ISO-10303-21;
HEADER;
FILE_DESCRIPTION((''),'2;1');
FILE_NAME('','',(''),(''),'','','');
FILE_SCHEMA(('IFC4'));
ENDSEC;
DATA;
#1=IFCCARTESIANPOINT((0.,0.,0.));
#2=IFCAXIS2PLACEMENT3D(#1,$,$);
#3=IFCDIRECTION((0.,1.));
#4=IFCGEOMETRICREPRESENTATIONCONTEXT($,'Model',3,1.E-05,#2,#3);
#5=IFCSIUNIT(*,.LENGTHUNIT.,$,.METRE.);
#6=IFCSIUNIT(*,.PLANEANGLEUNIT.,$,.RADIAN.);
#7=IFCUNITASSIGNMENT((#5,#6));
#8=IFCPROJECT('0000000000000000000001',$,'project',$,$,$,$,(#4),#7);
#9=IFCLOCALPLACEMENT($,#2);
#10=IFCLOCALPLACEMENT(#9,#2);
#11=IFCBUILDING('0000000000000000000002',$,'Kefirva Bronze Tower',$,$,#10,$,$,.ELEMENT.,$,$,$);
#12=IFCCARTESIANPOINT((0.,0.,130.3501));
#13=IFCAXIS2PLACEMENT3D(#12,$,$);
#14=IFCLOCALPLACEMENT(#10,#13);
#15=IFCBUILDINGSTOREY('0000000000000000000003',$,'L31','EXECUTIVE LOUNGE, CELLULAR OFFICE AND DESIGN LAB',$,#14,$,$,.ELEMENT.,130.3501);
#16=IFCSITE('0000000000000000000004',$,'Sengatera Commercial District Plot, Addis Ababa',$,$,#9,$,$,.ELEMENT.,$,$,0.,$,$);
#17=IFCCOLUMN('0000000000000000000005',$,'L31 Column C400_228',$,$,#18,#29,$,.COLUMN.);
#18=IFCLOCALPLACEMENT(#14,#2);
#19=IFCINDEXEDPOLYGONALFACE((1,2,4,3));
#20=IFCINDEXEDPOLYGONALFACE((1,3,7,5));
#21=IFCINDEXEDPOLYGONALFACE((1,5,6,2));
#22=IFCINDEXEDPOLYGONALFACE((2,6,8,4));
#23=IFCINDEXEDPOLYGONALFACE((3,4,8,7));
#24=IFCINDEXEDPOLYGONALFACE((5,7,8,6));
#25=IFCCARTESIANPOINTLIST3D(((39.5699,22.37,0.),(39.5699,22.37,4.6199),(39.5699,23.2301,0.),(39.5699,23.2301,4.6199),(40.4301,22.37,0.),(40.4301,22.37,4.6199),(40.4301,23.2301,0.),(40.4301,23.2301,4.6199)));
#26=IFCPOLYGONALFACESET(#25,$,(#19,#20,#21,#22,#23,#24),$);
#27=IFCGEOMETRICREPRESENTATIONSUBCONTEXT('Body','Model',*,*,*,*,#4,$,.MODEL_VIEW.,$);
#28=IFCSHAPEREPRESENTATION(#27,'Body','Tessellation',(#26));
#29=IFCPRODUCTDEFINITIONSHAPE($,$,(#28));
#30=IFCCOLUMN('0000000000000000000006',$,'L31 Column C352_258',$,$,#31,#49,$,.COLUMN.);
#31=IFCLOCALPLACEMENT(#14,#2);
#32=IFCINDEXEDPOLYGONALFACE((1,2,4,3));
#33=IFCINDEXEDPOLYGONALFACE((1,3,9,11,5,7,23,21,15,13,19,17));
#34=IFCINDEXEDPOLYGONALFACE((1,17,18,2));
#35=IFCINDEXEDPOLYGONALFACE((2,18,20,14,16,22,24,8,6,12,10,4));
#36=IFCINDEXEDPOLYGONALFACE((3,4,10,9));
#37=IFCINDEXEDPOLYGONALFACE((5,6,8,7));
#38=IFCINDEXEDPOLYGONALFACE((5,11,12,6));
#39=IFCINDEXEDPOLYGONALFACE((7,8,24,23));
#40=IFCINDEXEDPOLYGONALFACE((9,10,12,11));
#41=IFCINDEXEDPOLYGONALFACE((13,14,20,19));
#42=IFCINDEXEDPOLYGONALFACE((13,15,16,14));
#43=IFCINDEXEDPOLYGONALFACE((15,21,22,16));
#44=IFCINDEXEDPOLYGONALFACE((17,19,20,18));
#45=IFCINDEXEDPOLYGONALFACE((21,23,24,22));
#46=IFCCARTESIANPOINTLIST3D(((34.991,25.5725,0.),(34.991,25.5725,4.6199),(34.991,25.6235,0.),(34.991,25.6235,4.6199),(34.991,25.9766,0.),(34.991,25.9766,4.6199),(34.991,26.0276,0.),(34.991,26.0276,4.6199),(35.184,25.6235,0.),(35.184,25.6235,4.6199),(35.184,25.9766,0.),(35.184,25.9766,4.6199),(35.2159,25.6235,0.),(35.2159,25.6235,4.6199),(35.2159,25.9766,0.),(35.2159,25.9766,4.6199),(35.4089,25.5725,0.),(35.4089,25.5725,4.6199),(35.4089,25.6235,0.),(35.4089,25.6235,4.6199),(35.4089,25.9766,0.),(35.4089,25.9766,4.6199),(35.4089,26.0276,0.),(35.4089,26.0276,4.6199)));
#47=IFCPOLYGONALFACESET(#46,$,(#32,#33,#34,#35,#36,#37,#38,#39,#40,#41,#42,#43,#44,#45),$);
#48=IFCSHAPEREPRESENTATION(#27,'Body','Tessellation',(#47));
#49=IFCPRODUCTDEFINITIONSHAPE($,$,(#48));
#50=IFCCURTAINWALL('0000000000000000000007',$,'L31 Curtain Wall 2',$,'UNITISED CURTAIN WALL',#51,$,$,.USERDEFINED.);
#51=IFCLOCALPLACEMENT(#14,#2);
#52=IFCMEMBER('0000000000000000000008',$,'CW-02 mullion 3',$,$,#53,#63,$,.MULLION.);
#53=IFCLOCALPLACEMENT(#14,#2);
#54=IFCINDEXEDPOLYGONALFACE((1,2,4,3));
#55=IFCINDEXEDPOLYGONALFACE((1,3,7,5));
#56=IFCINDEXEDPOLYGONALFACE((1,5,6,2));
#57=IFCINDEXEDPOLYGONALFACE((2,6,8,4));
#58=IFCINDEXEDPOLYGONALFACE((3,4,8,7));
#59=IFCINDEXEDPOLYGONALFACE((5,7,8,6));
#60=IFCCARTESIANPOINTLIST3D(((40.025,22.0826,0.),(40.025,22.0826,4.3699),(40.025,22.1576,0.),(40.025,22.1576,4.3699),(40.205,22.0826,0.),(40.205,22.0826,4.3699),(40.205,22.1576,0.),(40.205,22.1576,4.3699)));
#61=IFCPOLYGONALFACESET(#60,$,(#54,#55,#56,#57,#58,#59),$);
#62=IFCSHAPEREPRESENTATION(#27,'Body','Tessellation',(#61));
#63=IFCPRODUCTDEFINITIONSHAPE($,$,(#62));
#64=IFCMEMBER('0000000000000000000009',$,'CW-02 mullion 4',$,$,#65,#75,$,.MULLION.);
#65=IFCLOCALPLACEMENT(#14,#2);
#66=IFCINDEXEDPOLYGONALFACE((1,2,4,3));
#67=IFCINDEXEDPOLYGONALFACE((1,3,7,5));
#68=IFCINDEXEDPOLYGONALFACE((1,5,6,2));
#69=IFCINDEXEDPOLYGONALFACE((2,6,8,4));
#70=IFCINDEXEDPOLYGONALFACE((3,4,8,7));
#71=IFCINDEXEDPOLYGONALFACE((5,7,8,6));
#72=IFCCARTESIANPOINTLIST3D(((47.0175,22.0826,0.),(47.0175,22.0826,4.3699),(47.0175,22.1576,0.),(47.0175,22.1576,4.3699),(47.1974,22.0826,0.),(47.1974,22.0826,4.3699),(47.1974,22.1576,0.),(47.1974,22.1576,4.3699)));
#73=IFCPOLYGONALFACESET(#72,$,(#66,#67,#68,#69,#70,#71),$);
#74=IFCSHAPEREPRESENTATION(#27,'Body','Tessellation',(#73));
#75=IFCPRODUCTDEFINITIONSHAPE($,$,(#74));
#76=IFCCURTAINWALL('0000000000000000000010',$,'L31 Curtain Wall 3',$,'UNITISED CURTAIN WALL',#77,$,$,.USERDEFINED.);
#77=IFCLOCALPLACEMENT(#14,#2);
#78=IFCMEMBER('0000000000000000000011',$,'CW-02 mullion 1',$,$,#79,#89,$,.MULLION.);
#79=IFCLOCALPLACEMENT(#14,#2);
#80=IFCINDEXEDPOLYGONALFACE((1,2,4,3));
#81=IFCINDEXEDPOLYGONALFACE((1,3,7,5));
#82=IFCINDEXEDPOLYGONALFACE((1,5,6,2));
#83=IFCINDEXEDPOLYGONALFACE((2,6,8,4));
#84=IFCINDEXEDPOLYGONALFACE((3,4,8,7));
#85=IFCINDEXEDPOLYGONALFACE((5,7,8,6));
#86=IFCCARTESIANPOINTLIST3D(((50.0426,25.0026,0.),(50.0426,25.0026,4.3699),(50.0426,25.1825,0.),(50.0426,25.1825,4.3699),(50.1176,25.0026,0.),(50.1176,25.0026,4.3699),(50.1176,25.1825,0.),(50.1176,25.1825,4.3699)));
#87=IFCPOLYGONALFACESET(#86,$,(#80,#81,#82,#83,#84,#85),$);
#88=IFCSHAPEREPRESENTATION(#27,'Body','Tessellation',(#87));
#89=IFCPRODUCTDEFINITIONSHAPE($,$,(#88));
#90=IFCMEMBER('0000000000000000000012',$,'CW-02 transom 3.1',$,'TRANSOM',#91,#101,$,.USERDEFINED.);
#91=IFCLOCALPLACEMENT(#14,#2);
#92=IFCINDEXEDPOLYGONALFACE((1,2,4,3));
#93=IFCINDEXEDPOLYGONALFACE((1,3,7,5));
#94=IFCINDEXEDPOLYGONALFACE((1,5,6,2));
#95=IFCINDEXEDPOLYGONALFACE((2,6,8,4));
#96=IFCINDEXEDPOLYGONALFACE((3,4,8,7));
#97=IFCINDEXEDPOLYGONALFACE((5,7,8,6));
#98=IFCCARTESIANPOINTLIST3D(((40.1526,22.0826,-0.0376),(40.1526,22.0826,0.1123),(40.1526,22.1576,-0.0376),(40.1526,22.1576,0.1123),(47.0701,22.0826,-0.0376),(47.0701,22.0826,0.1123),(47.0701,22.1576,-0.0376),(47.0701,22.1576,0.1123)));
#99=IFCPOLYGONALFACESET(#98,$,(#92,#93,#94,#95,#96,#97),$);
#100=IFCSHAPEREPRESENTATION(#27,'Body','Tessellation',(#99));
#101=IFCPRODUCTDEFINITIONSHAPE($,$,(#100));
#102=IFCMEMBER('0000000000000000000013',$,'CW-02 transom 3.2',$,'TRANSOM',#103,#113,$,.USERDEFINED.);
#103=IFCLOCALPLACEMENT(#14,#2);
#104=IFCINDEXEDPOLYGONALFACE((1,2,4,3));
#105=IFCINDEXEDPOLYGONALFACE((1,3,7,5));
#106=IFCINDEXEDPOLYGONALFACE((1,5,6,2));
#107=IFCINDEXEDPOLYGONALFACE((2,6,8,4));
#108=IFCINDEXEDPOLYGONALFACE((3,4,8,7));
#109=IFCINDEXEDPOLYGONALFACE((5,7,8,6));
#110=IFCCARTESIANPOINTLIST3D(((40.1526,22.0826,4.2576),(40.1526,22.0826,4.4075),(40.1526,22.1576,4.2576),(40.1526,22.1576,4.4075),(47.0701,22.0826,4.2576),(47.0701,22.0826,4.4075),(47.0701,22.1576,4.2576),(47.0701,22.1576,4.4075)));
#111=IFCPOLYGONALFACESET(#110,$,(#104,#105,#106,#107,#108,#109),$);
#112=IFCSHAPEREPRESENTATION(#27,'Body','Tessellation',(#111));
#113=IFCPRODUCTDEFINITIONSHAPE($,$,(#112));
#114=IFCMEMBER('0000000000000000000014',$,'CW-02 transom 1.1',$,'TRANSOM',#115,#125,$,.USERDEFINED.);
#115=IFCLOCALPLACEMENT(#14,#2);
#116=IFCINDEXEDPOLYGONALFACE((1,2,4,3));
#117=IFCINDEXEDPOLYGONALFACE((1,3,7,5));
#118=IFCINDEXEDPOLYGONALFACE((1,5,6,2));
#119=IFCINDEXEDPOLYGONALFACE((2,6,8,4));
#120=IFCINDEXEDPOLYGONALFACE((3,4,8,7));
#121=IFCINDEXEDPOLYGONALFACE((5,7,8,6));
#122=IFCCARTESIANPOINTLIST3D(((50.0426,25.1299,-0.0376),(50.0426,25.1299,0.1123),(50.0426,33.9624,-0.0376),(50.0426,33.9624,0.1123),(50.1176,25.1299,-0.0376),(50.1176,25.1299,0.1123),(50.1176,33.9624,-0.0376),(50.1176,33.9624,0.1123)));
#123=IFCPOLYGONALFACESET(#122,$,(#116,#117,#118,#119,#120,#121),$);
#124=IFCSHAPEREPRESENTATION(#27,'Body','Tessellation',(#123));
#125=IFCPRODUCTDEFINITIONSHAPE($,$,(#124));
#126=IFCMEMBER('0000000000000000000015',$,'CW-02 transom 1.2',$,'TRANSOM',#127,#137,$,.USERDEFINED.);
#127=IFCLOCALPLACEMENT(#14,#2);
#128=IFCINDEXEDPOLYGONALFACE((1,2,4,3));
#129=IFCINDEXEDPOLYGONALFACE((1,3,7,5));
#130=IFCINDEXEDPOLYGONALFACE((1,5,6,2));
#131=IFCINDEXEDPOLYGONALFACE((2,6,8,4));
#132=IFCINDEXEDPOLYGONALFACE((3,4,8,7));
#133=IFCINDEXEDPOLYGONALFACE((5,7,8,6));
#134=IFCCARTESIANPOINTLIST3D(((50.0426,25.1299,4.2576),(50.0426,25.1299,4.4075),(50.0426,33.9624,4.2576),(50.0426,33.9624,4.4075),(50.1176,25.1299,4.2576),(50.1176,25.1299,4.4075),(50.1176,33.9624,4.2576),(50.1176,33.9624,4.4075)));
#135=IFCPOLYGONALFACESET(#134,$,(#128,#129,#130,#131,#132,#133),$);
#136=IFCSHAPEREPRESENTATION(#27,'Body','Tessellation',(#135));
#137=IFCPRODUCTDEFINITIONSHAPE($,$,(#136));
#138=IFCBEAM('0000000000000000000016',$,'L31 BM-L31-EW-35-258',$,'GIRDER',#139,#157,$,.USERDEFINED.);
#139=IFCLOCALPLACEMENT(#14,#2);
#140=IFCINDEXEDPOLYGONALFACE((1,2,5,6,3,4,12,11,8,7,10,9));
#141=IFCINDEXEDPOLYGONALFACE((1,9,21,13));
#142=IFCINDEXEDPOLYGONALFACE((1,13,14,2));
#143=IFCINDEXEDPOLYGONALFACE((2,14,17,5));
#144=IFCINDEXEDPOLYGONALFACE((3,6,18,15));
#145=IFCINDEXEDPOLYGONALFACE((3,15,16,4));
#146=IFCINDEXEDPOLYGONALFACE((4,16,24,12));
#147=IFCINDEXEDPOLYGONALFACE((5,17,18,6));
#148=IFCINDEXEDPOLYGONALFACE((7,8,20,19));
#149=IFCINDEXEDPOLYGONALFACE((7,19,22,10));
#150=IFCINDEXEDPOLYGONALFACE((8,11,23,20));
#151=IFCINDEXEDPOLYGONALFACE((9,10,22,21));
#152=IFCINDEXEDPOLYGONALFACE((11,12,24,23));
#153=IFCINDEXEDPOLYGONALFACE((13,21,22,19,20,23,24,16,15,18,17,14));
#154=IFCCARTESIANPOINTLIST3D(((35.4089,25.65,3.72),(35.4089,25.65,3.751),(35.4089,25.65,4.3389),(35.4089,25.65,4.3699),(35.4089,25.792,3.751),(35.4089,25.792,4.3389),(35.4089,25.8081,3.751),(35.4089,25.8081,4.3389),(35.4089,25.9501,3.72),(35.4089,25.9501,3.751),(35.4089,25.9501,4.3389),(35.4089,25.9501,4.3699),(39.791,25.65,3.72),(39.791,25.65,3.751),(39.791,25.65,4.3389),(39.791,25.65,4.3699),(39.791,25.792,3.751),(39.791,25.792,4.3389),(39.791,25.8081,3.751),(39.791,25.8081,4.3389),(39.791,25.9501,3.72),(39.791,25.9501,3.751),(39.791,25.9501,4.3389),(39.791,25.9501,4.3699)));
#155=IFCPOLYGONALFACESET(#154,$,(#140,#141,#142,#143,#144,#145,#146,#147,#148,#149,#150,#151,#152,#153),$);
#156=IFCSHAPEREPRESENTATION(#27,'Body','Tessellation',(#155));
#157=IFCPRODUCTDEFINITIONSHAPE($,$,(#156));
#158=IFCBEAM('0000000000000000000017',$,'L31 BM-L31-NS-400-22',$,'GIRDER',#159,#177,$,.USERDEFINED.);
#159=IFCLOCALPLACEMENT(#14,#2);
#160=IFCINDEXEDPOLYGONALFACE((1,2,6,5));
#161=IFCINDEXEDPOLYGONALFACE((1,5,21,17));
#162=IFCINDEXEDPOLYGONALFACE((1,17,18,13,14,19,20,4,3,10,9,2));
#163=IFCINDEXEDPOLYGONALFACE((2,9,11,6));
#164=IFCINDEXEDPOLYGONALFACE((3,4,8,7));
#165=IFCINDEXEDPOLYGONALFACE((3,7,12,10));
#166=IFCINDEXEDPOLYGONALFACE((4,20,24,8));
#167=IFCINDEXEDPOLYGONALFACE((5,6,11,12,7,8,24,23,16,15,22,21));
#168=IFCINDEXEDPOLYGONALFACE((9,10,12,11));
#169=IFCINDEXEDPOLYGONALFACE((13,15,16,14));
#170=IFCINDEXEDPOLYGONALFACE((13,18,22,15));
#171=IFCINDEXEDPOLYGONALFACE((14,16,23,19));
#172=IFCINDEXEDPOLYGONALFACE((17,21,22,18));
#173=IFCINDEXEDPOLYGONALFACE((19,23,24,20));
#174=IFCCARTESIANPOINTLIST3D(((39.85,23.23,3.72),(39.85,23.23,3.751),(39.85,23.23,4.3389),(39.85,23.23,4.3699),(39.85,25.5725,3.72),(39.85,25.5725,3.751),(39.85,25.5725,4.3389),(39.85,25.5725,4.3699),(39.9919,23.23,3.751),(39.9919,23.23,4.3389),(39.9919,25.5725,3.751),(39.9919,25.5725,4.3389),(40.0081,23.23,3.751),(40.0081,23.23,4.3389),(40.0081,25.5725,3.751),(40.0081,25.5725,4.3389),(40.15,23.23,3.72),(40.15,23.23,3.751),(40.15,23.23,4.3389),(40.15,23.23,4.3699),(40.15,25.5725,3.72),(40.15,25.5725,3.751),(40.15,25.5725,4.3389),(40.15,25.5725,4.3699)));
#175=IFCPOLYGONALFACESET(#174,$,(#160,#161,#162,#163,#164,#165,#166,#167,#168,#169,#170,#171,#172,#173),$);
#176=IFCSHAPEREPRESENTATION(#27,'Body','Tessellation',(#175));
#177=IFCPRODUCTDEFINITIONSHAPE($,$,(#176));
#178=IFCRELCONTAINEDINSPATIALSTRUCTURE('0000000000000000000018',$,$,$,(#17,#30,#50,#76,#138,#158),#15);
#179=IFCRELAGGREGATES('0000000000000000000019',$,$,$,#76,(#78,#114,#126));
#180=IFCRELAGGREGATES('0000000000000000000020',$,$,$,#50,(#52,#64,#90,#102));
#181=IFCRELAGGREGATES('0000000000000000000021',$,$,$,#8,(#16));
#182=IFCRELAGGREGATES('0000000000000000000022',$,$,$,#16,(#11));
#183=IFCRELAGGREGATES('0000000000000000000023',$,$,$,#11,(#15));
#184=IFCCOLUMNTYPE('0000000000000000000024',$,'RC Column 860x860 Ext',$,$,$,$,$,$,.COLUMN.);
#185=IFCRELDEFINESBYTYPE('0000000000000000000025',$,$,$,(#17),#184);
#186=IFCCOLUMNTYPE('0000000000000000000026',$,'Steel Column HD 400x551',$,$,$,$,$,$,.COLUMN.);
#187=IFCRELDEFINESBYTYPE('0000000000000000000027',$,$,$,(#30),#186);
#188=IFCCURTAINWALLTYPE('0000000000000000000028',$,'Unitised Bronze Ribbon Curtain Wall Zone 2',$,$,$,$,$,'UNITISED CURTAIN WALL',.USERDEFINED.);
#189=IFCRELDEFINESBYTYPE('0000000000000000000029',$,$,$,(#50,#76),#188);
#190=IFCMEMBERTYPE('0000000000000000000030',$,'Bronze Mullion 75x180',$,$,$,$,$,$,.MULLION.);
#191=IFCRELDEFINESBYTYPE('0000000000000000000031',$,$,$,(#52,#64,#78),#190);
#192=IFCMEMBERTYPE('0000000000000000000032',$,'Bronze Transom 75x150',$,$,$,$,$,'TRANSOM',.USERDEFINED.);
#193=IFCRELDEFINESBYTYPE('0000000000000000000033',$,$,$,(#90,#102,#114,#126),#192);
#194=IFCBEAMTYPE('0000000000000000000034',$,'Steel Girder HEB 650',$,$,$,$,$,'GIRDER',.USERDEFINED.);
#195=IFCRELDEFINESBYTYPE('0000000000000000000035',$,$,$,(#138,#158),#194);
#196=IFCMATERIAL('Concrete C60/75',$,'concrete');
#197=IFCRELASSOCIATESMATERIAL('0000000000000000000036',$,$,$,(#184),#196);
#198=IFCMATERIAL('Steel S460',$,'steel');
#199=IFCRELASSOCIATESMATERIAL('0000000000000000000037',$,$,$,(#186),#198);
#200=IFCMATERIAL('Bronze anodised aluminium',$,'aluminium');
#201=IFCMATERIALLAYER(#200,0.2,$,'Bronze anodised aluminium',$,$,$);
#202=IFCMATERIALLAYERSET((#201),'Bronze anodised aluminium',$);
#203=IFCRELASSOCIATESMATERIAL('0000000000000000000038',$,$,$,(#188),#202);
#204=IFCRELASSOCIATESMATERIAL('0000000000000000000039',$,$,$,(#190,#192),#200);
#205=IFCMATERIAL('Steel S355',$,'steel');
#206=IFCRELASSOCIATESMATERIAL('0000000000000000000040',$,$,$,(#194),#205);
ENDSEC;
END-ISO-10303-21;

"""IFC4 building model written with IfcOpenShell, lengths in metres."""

from ifc_helpers import new_model, si_unit, direction, frame, origin, origin_2d, place, context, subcontext, project, spatial, rectangle, i_section, extrude, material, layer, layer_set, material_profile, profile_set, type_object, element, aggregate, save


model = new_model("IFC4")

# Units and contexts
model_context = context("Model", 3, precision=1e-05, world=origin(), true_north=direction((0.0, 1.0)))
body_context = subcontext(model_context, "Body", "Model", "MODEL_VIEW")
ifc_project = project(units=[si_unit("LENGTHUNIT", "METRE"), si_unit("PLANEANGLEUNIT", "RADIAN")], contexts=[model_context])

# Site, building, storey
site_placement = place(None, origin())
site = spatial("IfcSite", under=ifc_project, at=site_placement, Name="Sengatera Commercial District Plot, Addis Ababa", CompositionType="ELEMENT", RefElevation=0.0)
building_placement = place(site_placement, origin())
building = spatial("IfcBuilding", under=site, at=building_placement, Name="Kefirva Bronze Tower", CompositionType="ELEMENT")
storey_placement = place(building_placement, frame((0.0, 0.0, 130.3501)))
storey = spatial("IfcBuildingStorey", under=building, at=storey_placement, Name="L31", Description="EXECUTIVE LOUNGE, CELLULAR OFFICE AND DESIGN LAB", CompositionType="ELEMENT", Elevation=130.3501)

# Columns
ifc_material_1 = material(Name="Concrete C60/75", Category="concrete")
ifc_material_profile_1 = material_profile(ifc_material_1, rectangle(XDim=0.8601, YDim=0.8601, at=origin_2d()), Name="RC 860x860")
ifc_profile_set_1 = profile_set([ifc_material_profile_1], Name="Concrete C60/75")
column_type_1 = type_object("IfcColumnType", Name="RC Column 860x860 Ext", PredefinedType="COLUMN", material=ifc_profile_set_1)
column_1_placement = place(storey_placement, frame((40.0, 22.8, 0.0), z_axis=(0.0, 0.0, 1.0), x_axis=(1.0, 0.0, 0.0)))
element("IfcColumn", 1, at=column_1_placement, inside=storey, type_object=column_type_1, Name="L31 Column C400_228", PredefinedType="COLUMN", context=body_context, shape_type="SweptSolid", body=[
    extrude(rectangle(XDim=0.8601, YDim=0.8601, at=origin_2d()), origin(), (0.0, 0.0, 1.0), 4.6199),
])
ifc_material_2 = material(Name="Steel S460", Category="steel")
ifc_material_profile_2 = material_profile(ifc_material_2, i_section(OverallWidth=0.418, OverallDepth=0.4551, WebThickness=0.032, FlangeThickness=0.051, at=origin_2d()), Name="HD 400x551")
ifc_profile_set_2 = profile_set([ifc_material_profile_2], Name="Steel S460")
column_type_2 = type_object("IfcColumnType", Name="Steel Column HD 400x551", PredefinedType="COLUMN", material=ifc_profile_set_2)
column_2_placement = place(storey_placement, frame((35.2, 25.8, 0.0), z_axis=(0.0, 0.0, 1.0), x_axis=(1.0, 0.0, 0.0)))
element("IfcColumn", 2, at=column_2_placement, inside=storey, type_object=column_type_2, Name="L31 Column C352_258", PredefinedType="COLUMN", context=body_context, shape_type="SweptSolid", body=[
    extrude(i_section(OverallWidth=0.418, OverallDepth=0.4551, WebThickness=0.032, FlangeThickness=0.051, at=origin_2d()), origin(), (0.0, 0.0, 1.0), 4.6199),
])

# Curtain wall, members
ifc_material_3 = material(Name="Bronze anodised aluminium", Category="aluminium")
ifc_layer_1 = layer(ifc_material_3, 0.2, Name="Bronze anodised aluminium")
ifc_layer_set_1 = layer_set([ifc_layer_1], Name="Bronze anodised aluminium")
curtain_wall_type = type_object("IfcCurtainWallType", Name="Unitised Bronze Ribbon Curtain Wall Zone 2", ElementType="UNITISED CURTAIN WALL", PredefinedType="USERDEFINED", material=ifc_layer_set_1)
curtain_wall_1_placement = place(storey_placement, origin())
curtain_wall_1 = element("IfcCurtainWall", 3, at=curtain_wall_1_placement, inside=storey, type_object=curtain_wall_type, Name="L31 Curtain Wall 2", ObjectType="UNITISED CURTAIN WALL", PredefinedType="USERDEFINED")
ifc_material_profile_3 = material_profile(ifc_material_3, rectangle(XDim=0.075, YDim=0.1799, at=origin_2d()), Name="ALU 75x180")
ifc_profile_set_3 = profile_set([ifc_material_profile_3], Name="Bronze anodised aluminium")
member_type_1 = type_object("IfcMemberType", Name="Bronze Mullion 75x180", PredefinedType="MULLION", material=ifc_profile_set_3)
member_1_placement = place(storey_placement, frame((40.115, 22.1201, 0.0), z_axis=(0.0, 0.0, 1.0), x_axis=(0.0, 1.0, 0.0)))
member_1 = element("IfcMember", 4, at=member_1_placement, type_object=member_type_1, Name="CW-02 mullion 3", PredefinedType="MULLION", context=body_context, shape_type="SweptSolid", body=[
    extrude(rectangle(XDim=0.075, YDim=0.1799, at=origin_2d()), origin(), (0.0, 0.0, 1.0), 4.3699),
])
member_2_placement = place(storey_placement, frame((47.1074, 22.1201, 0.0), z_axis=(0.0, 0.0, 1.0), x_axis=(0.0, 1.0, 0.0)))
member_2 = element("IfcMember", 5, at=member_2_placement, type_object=member_type_1, Name="CW-02 mullion 4", PredefinedType="MULLION", context=body_context, shape_type="SweptSolid", body=[
    extrude(rectangle(XDim=0.075, YDim=0.1799, at=origin_2d()), origin(), (0.0, 0.0, 1.0), 4.3699),
])

# Curtain wall, member
curtain_wall_2_placement = place(storey_placement, origin())
curtain_wall_2 = element("IfcCurtainWall", 6, at=curtain_wall_2_placement, inside=storey, type_object=curtain_wall_type, Name="L31 Curtain Wall 3", ObjectType="UNITISED CURTAIN WALL", PredefinedType="USERDEFINED")
member_3_placement = place(storey_placement, frame((50.0801, 25.0925, 0.0), z_axis=(0.0, 0.0, 1.0), x_axis=(-1.0, 0.0, 0.0)))
member_3 = element("IfcMember", 7, at=member_3_placement, type_object=member_type_1, Name="CW-02 mullion 1", PredefinedType="MULLION", context=body_context, shape_type="SweptSolid", body=[
    extrude(rectangle(XDim=0.075, YDim=0.1799, at=origin_2d()), origin(), (0.0, 0.0, 1.0), 4.3699),
])

# Members
ifc_material_profile_4 = material_profile(ifc_material_3, rectangle(XDim=0.075, YDim=0.1499, at=origin_2d()), Name="ALU 75x150")
ifc_profile_set_4 = profile_set([ifc_material_profile_4], Name="Bronze anodised aluminium")
member_type_2 = type_object("IfcMemberType", Name="Bronze Transom 75x150", ElementType="TRANSOM", PredefinedType="USERDEFINED", material=ifc_profile_set_4)
member_4_placement = place(storey_placement, frame((40.1526, 22.1201, 0.0374), z_axis=(1.0, 0.0, 0.0), x_axis=(0.0, 1.0, 0.0)))
member_4 = element("IfcMember", 8, at=member_4_placement, type_object=member_type_2, Name="CW-02 transom 3.1", ObjectType="TRANSOM", PredefinedType="USERDEFINED", context=body_context, shape_type="SweptSolid", body=[
    extrude(rectangle(XDim=0.075, YDim=0.1499, at=origin_2d()), origin(), (0.0, 0.0, 1.0), 6.9175),
])
member_5_placement = place(storey_placement, frame((40.1526, 22.1201, 4.3325), z_axis=(1.0, 0.0, 0.0), x_axis=(0.0, 1.0, 0.0)))
member_5 = element("IfcMember", 9, at=member_5_placement, type_object=member_type_2, Name="CW-02 transom 3.2", ObjectType="TRANSOM", PredefinedType="USERDEFINED", context=body_context, shape_type="SweptSolid", body=[
    extrude(rectangle(XDim=0.075, YDim=0.1499, at=origin_2d()), origin(), (0.0, 0.0, 1.0), 6.9175),
])
member_6_placement = place(storey_placement, frame((50.0801, 25.1299, 0.0374), z_axis=(0.0, 1.0, 0.0), x_axis=(-1.0, 0.0, 0.0)))
member_6 = element("IfcMember", 10, at=member_6_placement, type_object=member_type_2, Name="CW-02 transom 1.1", ObjectType="TRANSOM", PredefinedType="USERDEFINED", context=body_context, shape_type="SweptSolid", body=[
    extrude(rectangle(XDim=0.075, YDim=0.1499, at=origin_2d()), origin(), (0.0, 0.0, 1.0), 8.8325),
])
member_7_placement = place(storey_placement, frame((50.0801, 25.1299, 4.3325), z_axis=(0.0, 1.0, 0.0), x_axis=(-1.0, 0.0, 0.0)))
member_7 = element("IfcMember", 11, at=member_7_placement, type_object=member_type_2, Name="CW-02 transom 1.2", ObjectType="TRANSOM", PredefinedType="USERDEFINED", context=body_context, shape_type="SweptSolid", body=[
    extrude(rectangle(XDim=0.075, YDim=0.1499, at=origin_2d()), origin(), (0.0, 0.0, 1.0), 8.8325),
])
aggregate(curtain_wall_2, [member_3, member_6, member_7])

# Beams
ifc_material_4 = material(Name="Steel S355", Category="steel")
ifc_material_profile_5 = material_profile(ifc_material_4, i_section(OverallWidth=0.3, OverallDepth=0.6499, WebThickness=0.0161, FlangeThickness=0.031, at=origin_2d()), Name="HEB 650")
ifc_profile_set_5 = profile_set([ifc_material_profile_5], Name="Steel S355")
beam_type_1 = type_object("IfcBeamType", Name="Steel Girder HEB 650", ElementType="GIRDER", PredefinedType="USERDEFINED", material=ifc_profile_set_5)
beam_1_placement = place(storey_placement, frame((35.4089, 25.8, 4.0449), z_axis=(1.0, 0.0, 0.0), x_axis=(0.0, 1.0, 0.0)))
element("IfcBeam", 12, at=beam_1_placement, inside=storey, type_object=beam_type_1, Name="L31 BM-L31-EW-35-258", ObjectType="GIRDER", PredefinedType="USERDEFINED", context=body_context, shape_type="SweptSolid", body=[
    extrude(i_section(OverallWidth=0.3, OverallDepth=0.6499, WebThickness=0.0161, FlangeThickness=0.031, at=origin_2d()), origin(), (0.0, 0.0, 1.0), 4.3821),
])
beam_2_placement = place(storey_placement, frame((40.0, 23.23, 4.0449), z_axis=(0.0, 1.0, 0.0), x_axis=(-1.0, 0.0, 0.0)))
element("IfcBeam", 13, at=beam_2_placement, inside=storey, type_object=beam_type_1, Name="L31 BM-L31-NS-400-22", ObjectType="GIRDER", PredefinedType="USERDEFINED", context=body_context, shape_type="SweptSolid", body=[
    extrude(i_section(OverallWidth=0.3, OverallDepth=0.6499, WebThickness=0.0161, FlangeThickness=0.031, at=origin_2d()), origin(), (0.0, 0.0, 1.0), 2.3425),
])

aggregate(curtain_wall_1, [member_1, member_2, member_4, member_5])

save(model, "model.ifc")
